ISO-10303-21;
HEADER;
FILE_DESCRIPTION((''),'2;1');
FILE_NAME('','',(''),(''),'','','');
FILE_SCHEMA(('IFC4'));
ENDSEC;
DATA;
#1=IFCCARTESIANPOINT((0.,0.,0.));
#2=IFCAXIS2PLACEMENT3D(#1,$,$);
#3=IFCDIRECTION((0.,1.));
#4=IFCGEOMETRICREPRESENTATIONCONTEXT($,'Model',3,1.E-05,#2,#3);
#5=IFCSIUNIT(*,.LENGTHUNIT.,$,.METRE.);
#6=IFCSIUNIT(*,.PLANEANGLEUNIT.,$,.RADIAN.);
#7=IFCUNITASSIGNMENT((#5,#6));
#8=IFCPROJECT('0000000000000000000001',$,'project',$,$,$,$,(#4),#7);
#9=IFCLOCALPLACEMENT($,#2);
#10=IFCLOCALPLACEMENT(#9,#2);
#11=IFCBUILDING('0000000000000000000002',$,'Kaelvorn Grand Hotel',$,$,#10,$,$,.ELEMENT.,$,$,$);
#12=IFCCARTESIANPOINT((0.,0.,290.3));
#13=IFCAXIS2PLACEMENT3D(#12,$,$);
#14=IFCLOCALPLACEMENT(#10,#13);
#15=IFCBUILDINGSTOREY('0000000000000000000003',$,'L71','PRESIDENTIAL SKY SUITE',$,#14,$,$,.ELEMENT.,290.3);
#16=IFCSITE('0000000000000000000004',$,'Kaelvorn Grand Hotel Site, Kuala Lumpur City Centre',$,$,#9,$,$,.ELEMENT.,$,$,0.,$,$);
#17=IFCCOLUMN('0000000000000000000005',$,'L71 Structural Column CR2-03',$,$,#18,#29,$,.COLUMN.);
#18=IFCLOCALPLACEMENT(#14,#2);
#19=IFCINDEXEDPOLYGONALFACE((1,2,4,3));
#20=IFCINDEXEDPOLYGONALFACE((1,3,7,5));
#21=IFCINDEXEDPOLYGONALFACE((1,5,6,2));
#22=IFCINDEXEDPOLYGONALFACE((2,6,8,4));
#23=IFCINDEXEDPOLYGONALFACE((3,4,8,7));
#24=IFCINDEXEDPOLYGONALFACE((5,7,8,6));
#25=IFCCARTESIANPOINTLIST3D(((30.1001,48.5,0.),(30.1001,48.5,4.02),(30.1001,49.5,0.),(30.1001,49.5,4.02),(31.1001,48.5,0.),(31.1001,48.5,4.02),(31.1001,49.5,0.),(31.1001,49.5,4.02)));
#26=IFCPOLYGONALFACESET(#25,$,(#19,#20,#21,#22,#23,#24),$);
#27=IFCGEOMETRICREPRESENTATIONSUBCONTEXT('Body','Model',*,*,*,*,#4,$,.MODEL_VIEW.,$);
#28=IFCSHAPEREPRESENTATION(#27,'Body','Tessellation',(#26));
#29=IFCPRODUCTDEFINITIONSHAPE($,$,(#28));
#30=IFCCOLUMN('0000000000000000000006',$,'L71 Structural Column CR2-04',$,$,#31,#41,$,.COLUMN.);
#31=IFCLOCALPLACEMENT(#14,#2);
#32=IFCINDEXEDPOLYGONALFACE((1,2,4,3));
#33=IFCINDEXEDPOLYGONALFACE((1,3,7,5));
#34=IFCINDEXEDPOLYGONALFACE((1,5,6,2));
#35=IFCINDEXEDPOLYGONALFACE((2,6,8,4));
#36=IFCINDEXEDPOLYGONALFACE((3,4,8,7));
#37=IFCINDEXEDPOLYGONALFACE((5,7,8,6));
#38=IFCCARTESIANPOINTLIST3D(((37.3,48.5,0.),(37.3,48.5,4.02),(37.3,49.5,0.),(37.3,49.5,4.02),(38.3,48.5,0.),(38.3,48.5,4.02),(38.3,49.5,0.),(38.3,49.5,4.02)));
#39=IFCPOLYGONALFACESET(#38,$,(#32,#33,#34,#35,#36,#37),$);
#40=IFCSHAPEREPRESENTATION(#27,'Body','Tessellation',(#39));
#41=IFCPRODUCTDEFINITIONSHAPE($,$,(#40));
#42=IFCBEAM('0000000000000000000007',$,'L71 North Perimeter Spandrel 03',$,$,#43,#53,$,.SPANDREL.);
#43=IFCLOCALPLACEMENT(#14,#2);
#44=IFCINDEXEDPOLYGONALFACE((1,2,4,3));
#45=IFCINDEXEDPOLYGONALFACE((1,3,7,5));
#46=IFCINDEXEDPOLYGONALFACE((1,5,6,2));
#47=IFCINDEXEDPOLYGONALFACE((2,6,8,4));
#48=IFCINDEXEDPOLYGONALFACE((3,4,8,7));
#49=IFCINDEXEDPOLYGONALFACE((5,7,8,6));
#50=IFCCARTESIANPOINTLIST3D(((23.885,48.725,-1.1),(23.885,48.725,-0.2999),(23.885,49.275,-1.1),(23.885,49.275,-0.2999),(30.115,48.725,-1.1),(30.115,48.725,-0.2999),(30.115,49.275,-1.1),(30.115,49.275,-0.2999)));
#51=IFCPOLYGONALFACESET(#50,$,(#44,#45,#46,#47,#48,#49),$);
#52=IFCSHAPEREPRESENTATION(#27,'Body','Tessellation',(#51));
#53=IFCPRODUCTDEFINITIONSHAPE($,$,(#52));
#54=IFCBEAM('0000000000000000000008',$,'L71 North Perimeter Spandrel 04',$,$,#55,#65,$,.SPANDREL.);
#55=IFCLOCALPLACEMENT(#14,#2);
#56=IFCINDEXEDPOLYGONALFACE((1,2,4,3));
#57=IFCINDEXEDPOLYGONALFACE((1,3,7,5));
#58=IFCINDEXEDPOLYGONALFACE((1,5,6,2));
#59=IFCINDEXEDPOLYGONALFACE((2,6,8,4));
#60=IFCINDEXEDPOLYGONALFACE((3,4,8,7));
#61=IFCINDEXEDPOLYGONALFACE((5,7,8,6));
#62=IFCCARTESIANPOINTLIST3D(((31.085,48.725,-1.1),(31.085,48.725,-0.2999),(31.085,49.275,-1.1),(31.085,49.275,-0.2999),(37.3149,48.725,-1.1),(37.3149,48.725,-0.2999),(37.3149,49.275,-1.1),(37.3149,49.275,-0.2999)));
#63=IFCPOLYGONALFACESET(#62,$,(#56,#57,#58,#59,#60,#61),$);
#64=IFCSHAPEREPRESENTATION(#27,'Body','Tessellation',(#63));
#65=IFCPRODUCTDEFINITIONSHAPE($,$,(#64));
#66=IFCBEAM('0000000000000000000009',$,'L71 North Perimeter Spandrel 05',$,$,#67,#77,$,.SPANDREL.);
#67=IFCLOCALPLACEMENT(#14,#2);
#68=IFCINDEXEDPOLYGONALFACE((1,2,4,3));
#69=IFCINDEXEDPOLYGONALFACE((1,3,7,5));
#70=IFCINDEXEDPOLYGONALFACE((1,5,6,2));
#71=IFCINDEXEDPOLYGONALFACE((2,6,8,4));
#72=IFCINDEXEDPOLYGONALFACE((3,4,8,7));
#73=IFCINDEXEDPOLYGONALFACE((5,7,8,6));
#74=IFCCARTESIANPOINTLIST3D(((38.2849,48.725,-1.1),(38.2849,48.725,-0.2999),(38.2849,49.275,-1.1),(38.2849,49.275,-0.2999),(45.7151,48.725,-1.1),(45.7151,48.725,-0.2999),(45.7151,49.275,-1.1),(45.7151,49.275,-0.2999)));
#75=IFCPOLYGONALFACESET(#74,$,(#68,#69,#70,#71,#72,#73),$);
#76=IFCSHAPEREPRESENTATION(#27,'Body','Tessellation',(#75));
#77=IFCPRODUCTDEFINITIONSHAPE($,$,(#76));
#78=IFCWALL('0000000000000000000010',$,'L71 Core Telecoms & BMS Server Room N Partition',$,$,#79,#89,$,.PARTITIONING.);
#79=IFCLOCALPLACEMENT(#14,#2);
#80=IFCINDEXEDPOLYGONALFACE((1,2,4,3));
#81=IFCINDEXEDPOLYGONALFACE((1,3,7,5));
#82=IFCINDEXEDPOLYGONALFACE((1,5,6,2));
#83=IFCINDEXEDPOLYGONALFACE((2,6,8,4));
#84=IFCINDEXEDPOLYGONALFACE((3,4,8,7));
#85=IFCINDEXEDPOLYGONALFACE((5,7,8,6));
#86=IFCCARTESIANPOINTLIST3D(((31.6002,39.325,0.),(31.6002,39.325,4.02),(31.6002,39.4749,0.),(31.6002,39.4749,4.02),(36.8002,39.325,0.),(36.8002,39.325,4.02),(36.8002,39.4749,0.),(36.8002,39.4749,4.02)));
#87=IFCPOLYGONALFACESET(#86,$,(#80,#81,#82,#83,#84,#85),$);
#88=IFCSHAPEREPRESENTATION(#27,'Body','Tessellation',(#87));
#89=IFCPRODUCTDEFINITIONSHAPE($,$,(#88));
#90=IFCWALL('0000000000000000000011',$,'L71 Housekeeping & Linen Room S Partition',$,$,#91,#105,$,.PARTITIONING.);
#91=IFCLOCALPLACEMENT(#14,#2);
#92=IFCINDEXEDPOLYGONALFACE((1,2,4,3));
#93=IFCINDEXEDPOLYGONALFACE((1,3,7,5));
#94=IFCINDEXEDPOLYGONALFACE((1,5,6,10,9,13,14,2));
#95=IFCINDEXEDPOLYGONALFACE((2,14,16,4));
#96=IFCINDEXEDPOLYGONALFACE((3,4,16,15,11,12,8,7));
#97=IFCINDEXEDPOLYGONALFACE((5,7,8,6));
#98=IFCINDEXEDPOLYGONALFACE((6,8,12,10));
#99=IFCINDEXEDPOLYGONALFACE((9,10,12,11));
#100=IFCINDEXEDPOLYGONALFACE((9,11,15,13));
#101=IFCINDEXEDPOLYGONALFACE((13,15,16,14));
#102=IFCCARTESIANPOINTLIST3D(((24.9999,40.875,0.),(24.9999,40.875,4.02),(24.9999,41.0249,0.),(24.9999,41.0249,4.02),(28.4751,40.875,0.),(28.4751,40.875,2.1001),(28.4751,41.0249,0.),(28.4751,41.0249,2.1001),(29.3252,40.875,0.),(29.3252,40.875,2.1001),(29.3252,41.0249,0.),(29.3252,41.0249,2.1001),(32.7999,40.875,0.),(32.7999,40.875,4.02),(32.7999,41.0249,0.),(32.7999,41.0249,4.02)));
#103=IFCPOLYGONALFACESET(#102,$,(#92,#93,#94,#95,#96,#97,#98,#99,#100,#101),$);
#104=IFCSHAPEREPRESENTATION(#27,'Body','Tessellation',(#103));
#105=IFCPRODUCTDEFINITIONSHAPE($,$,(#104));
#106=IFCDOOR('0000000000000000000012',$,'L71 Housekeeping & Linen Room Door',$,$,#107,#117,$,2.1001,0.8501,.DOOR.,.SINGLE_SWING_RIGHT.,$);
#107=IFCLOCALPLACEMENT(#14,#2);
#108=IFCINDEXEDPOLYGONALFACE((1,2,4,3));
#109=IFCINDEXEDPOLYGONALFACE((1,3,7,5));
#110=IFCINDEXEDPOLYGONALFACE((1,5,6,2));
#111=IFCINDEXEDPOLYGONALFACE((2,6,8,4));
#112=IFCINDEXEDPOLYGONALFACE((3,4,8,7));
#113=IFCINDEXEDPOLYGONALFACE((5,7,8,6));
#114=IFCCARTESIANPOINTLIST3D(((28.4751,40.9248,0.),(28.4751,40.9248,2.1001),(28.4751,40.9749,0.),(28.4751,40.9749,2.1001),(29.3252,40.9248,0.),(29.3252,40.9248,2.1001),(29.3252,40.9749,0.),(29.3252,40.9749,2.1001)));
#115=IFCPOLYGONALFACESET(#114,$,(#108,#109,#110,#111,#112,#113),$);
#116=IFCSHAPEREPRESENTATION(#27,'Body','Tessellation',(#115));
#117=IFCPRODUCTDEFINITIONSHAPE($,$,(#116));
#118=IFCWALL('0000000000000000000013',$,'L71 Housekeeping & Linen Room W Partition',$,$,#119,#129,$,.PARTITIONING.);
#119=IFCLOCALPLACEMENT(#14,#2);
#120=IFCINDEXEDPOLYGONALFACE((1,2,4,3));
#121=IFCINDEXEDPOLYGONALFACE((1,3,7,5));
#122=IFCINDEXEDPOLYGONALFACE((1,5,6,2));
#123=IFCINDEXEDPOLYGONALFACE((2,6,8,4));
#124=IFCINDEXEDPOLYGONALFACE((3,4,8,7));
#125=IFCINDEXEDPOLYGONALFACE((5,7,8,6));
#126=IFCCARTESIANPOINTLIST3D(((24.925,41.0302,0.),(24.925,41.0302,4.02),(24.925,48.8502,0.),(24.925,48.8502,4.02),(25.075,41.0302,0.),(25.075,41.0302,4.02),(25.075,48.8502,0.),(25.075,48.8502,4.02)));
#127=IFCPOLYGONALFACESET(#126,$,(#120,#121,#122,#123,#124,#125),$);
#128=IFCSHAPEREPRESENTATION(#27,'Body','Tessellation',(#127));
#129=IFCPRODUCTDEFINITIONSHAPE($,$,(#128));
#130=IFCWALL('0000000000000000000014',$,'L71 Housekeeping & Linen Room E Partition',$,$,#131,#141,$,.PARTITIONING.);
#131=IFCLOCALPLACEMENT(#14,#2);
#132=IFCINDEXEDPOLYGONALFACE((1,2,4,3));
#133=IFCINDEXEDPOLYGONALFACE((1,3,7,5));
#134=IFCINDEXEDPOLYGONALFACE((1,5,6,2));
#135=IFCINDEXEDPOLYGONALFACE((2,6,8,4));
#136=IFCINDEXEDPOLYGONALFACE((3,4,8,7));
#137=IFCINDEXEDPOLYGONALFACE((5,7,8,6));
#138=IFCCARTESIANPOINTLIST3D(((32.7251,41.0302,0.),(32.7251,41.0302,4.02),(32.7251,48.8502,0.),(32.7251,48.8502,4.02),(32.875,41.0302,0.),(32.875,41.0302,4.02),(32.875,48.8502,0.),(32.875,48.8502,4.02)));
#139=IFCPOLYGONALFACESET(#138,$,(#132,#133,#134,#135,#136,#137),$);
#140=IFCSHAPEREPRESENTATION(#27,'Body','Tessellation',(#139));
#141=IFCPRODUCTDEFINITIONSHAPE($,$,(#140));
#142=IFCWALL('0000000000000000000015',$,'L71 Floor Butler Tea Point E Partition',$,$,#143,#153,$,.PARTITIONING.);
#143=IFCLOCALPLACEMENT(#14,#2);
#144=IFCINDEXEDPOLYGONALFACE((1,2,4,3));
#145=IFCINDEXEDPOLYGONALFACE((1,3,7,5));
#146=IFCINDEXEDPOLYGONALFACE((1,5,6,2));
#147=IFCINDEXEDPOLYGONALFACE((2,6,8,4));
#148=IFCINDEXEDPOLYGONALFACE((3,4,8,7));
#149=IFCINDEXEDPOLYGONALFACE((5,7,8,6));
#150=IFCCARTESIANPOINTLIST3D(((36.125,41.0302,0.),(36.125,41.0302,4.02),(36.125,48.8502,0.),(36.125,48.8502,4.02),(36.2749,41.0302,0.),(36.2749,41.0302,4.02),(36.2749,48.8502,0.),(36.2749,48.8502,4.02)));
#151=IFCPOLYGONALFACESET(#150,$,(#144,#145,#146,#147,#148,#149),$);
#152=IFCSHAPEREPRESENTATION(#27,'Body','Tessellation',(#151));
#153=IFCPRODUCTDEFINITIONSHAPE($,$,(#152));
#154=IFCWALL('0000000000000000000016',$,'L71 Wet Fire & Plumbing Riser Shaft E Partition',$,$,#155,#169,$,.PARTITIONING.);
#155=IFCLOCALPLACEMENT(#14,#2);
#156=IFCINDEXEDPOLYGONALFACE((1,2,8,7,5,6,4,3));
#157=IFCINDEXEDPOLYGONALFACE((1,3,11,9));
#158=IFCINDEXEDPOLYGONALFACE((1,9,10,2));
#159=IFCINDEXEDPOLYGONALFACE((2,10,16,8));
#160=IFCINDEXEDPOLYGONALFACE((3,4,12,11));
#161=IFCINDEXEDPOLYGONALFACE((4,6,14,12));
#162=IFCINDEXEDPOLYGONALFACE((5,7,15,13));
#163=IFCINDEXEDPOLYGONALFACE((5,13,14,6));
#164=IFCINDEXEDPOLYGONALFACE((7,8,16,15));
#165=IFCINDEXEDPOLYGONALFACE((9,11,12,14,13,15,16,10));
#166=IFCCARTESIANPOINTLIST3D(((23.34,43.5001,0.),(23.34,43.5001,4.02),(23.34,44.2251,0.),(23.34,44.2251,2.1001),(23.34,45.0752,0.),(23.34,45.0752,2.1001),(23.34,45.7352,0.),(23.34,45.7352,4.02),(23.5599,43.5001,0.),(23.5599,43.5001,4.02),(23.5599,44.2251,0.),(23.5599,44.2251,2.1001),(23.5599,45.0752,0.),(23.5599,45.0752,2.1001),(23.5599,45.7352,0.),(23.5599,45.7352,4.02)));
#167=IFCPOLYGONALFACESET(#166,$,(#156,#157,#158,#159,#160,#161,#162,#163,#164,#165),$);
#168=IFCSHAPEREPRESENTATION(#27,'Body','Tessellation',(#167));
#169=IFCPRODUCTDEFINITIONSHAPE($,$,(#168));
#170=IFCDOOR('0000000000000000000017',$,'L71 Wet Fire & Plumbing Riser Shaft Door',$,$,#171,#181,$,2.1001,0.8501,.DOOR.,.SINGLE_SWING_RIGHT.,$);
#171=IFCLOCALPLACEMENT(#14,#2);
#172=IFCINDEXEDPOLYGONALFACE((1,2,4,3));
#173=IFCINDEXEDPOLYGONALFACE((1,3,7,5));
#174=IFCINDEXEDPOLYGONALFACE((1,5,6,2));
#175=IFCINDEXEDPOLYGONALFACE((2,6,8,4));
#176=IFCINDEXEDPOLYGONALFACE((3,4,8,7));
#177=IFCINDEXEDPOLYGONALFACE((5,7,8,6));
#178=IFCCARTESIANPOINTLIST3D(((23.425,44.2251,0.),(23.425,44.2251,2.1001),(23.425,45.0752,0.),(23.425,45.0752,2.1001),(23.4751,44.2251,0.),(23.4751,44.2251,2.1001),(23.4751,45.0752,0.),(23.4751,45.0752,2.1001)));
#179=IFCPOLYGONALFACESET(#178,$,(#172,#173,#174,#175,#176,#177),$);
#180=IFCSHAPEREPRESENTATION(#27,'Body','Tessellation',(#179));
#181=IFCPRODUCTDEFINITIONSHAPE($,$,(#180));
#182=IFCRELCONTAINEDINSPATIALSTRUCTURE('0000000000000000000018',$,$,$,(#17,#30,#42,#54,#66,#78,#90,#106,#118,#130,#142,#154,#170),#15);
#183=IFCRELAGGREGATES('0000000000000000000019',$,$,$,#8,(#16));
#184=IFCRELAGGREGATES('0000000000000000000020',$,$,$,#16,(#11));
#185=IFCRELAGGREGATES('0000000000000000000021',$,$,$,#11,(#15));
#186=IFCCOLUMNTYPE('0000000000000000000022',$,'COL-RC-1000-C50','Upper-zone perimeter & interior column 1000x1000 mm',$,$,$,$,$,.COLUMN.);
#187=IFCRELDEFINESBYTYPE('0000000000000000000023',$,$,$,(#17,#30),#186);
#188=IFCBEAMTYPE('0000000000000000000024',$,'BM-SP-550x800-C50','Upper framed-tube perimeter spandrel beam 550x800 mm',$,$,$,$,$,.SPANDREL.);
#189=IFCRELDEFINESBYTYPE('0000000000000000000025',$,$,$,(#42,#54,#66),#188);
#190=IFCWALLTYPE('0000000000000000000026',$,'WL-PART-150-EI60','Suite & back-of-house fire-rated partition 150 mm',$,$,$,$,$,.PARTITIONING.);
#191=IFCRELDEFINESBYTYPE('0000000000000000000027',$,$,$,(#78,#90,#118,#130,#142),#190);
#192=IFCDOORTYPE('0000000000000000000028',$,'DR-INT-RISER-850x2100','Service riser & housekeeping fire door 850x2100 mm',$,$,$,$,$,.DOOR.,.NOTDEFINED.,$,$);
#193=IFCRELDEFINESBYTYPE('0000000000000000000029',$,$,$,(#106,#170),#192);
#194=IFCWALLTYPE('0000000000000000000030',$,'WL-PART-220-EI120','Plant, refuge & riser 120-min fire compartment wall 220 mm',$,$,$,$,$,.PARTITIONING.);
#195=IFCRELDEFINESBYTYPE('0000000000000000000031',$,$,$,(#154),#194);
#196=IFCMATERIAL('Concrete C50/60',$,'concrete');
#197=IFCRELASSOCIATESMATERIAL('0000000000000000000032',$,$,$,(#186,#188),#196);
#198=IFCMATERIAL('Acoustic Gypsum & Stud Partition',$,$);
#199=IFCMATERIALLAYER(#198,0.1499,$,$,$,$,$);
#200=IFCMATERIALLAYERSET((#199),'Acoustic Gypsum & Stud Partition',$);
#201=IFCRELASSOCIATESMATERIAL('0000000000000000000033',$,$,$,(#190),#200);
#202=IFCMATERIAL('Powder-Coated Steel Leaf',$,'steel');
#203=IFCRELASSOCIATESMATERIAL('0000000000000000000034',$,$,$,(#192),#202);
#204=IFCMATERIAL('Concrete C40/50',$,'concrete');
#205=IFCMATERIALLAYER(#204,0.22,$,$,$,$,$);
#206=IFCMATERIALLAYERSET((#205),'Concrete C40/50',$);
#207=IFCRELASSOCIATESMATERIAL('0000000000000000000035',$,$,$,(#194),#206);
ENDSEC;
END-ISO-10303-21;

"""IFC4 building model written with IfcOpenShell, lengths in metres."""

from ifc_helpers import new_model, si_unit, direction, frame, frame_2d, origin, origin_2d, place, context, subcontext, project, spatial, rectangle, extrude, material, layer, layer_set, material_profile, profile_set, type_object, element, fill, save


model = new_model("IFC4")

# Units and contexts
model_context = context("Model", 3, precision=1e-05, world=origin(), true_north=direction((0.0, 1.0)))
body_context = subcontext(model_context, "Body", "Model", "MODEL_VIEW")
ifc_project = project(units=[si_unit("LENGTHUNIT", "METRE"), si_unit("PLANEANGLEUNIT", "RADIAN")], contexts=[model_context])

# Site, building, storey
site_placement = place(None, origin())
site = spatial("IfcSite", under=ifc_project, at=site_placement, Name="Kaelvorn Grand Hotel Site, Kuala Lumpur City Centre", CompositionType="ELEMENT", RefElevation=0.0)
building_placement = place(site_placement, origin())
building = spatial("IfcBuilding", under=site, at=building_placement, Name="Kaelvorn Grand Hotel", CompositionType="ELEMENT")
storey_placement = place(building_placement, frame((0.0, 0.0, 290.3)))
storey = spatial("IfcBuildingStorey", under=building, at=storey_placement, Name="L71", Description="PRESIDENTIAL SKY SUITE", CompositionType="ELEMENT", Elevation=290.3)

# Columns
ifc_material_1 = material(Name="Concrete C50/60", Category="concrete")
ifc_material_profile_1 = material_profile(ifc_material_1, rectangle(XDim=1.0, YDim=1.0, at=origin_2d()), Name="RC COL 1000x1000")
ifc_profile_set_1 = profile_set([ifc_material_profile_1], Name="Concrete C50/60")
column_type = type_object("IfcColumnType", Name="COL-RC-1000-C50", Description="Upper-zone perimeter & interior column 1000x1000 mm", PredefinedType="COLUMN", material=ifc_profile_set_1)
for number, where, z_axis, x_axis, name in (
    (1, (30.6001, 49.0, 0.0), (0.0, 0.0, 1.0), (1.0, 0.0, 0.0), "L71 Structural Column CR2-03"),
    (2, (37.8, 49.0, 0.0), (0.0, 0.0, 1.0), (1.0, 0.0, 0.0), "L71 Structural Column CR2-04"),
):
    element("IfcColumn", number, at=place(storey_placement, frame(where, z_axis=z_axis, x_axis=x_axis)), inside=storey, type_object=column_type, Name=name, PredefinedType="COLUMN", context=body_context, shape_type="SweptSolid", body=[
        extrude(rectangle(XDim=1.0, YDim=1.0, at=origin_2d()), origin(), (0.0, 0.0, 1.0), 4.02),
    ])

# Beams
ifc_material_profile_2 = material_profile(ifc_material_1, rectangle(XDim=0.55, YDim=0.8, at=origin_2d()), Name="RC SPANDREL 550x800")
ifc_profile_set_2 = profile_set([ifc_material_profile_2], Name="Concrete C50/60")
beam_type = type_object("IfcBeamType", Name="BM-SP-550x800-C50", Description="Upper framed-tube perimeter spandrel beam 550x800 mm", PredefinedType="SPANDREL", material=ifc_profile_set_2)
for number, where, z_axis, x_axis, name in (
    (3, (23.885, 49.0, -0.7), (1.0, 0.0, 0.0), (0.0, 1.0, 0.0), "L71 North Perimeter Spandrel 03"),
    (4, (31.085, 49.0, -0.7), (1.0, 0.0, 0.0), (0.0, 1.0, 0.0), "L71 North Perimeter Spandrel 04"),
):
    element("IfcBeam", number, at=place(storey_placement, frame(where, z_axis=z_axis, x_axis=x_axis)), inside=storey, type_object=beam_type, Name=name, PredefinedType="SPANDREL", context=body_context, shape_type="SweptSolid", body=[
        extrude(rectangle(XDim=0.55, YDim=0.8, at=origin_2d()), origin(), (0.0, 0.0, 1.0), 6.23),
    ])
beam_placement = place(storey_placement, frame((38.2849, 49.0, -0.7), z_axis=(1.0, 0.0, 0.0), x_axis=(0.0, 1.0, 0.0)))
element("IfcBeam", 5, at=beam_placement, inside=storey, type_object=beam_type, Name="L71 North Perimeter Spandrel 05", PredefinedType="SPANDREL", context=body_context, shape_type="SweptSolid", body=[
    extrude(rectangle(XDim=0.55, YDim=0.8, at=origin_2d()), origin(), (0.0, 0.0, 1.0), 7.4302),
])

# Wall
ifc_material_2 = material(Name="Acoustic Gypsum & Stud Partition")
ifc_layer_1 = layer(ifc_material_2, 0.1499)
ifc_layer_set_1 = layer_set([ifc_layer_1], Name="Acoustic Gypsum & Stud Partition")
wall_type_1 = type_object("IfcWallType", Name="WL-PART-150-EI60", Description="Suite & back-of-house fire-rated partition 150 mm", PredefinedType="PARTITIONING", material=ifc_layer_set_1)
wall_1_placement = place(storey_placement, frame((31.6001, 39.3999, 0.0), z_axis=(0.0, 0.0, 1.0), x_axis=(1.0, 0.0, 0.0)))
element("IfcWall", 6, at=wall_1_placement, inside=storey, type_object=wall_type_1, Name="L71 Core Telecoms & BMS Server Room N Partition", PredefinedType="PARTITIONING", context=body_context, shape_type="SweptSolid", body=[
    extrude(rectangle(XDim=5.2, YDim=0.1499, at=frame_2d((2.6001, 0.0))), origin(), (0.0, 0.0, 1.0), 4.02),
])

# Wall, opening, door
wall_2_placement = place(storey_placement, frame((25.0, 40.95, 0.0), z_axis=(0.0, 0.0, 1.0), x_axis=(1.0, 0.0, 0.0)))
wall_2 = element("IfcWall", 7, at=wall_2_placement, inside=storey, type_object=wall_type_1, Name="L71 Housekeeping & Linen Room S Partition", PredefinedType="PARTITIONING", context=body_context, shape_type="SweptSolid", body=[
    extrude(rectangle(XDim=7.8, YDim=0.1499, at=frame_2d((3.8999, 0.0))), origin(), (0.0, 0.0, 1.0), 4.02),
])
opening_1_placement = place(wall_2_placement, frame((3.4751, 0.0, 0.0)))
opening_1 = element("IfcOpeningElement", 8, at=opening_1_placement, cuts=wall_2, PredefinedType="OPENING", context=body_context, shape_type="SweptSolid", body=[
    extrude(rectangle(XDim=0.8501, YDim=2.1001, at=frame_2d((0.425, 1.05))), frame((0.0, 0.085, 0.0), z_axis=(0.0, -1.0, 0.0), x_axis=(1.0, 0.0, 0.0)), (0.0, 0.0, 1.0), 0.1699),
])
ifc_material_3 = material(Name="Powder-Coated Steel Leaf", Category="steel")
door_type_1 = type_object("IfcDoorType", Name="DR-INT-RISER-850x2100", Description="Service riser & housekeeping fire door 850x2100 mm", OperationType="NOTDEFINED", PredefinedType="DOOR", material=ifc_material_3)
door_1_placement = place(opening_1_placement, origin())
door_1 = element("IfcDoor", 9, at=door_1_placement, inside=storey, type_object=door_type_1, Name="L71 Housekeeping & Linen Room Door", OperationType="SINGLE_SWING_RIGHT", OverallHeight=2.1001, OverallWidth=0.8501, PredefinedType="DOOR", context=body_context, shape_type="SweptSolid", body=[
    extrude(rectangle(XDim=0.8501, YDim=2.1001, at=frame_2d((0.425, 1.05))), frame((0.0, 0.0249, 0.0), z_axis=(0.0, -1.0, 0.0), x_axis=(1.0, 0.0, 0.0)), (0.0, 0.0, 1.0), 0.05),
])
fill(opening_1, door_1)

# Walls
for number, where, z_axis, x_axis, name in (
    (10, (25.0, 41.03, 0.0), (0.0, 0.0, 1.0), (0.0, 1.0, 0.0), "L71 Housekeeping & Linen Room W Partition"),
    (11, (32.8, 41.03, 0.0), (0.0, 0.0, 1.0), (0.0, 1.0, 0.0), "L71 Housekeeping & Linen Room E Partition"),
):
    element("IfcWall", number, at=place(storey_placement, frame(where, z_axis=z_axis, x_axis=x_axis)), inside=storey, type_object=wall_type_1, Name=name, PredefinedType="PARTITIONING", context=body_context, shape_type="SweptSolid", body=[
        extrude(rectangle(XDim=7.8201, YDim=0.1499, at=frame_2d((3.9102, 0.0))), origin(), (0.0, 0.0, 1.0), 4.02),
    ])

# Wall
wall_3_placement = place(storey_placement, frame((36.2, 41.03, 0.0), z_axis=(0.0, 0.0, 1.0), x_axis=(0.0, 1.0, 0.0)))
element("IfcWall", 12, at=wall_3_placement, inside=storey, type_object=wall_type_1, Name="L71 Floor Butler Tea Point E Partition", PredefinedType="PARTITIONING", context=body_context, shape_type="SweptSolid", body=[
    extrude(rectangle(XDim=7.8201, YDim=0.1499, at=frame_2d((3.9102, 0.0))), origin(), (0.0, 0.0, 1.0), 4.02),
])

# Wall, opening, door
ifc_material_4 = material(Name="Concrete C40/50", Category="concrete")
ifc_layer_2 = layer(ifc_material_4, 0.22)
ifc_layer_set_2 = layer_set([ifc_layer_2], Name="Concrete C40/50")
wall_type_2 = type_object("IfcWallType", Name="WL-PART-220-EI120", Description="Plant, refuge & riser 120-min fire compartment wall 220 mm", PredefinedType="PARTITIONING", material=ifc_layer_set_2)
wall_4_placement = place(storey_placement, frame((23.45, 43.5, 0.0), z_axis=(0.0, 0.0, 1.0), x_axis=(0.0, 1.0, 0.0)))
wall_4 = element("IfcWall", 13, at=wall_4_placement, inside=storey, type_object=wall_type_2, Name="L71 Wet Fire & Plumbing Riser Shaft E Partition", PredefinedType="PARTITIONING", context=body_context, shape_type="SweptSolid", body=[
    extrude(rectangle(XDim=2.2351, YDim=0.22, at=frame_2d((1.1177, 0.0))), origin(), (0.0, 0.0, 1.0), 4.02),
])
opening_2_placement = place(wall_4_placement, frame((0.7251, 0.0, 0.0)))
opening_2 = element("IfcOpeningElement", 14, at=opening_2_placement, cuts=wall_4, PredefinedType="OPENING", context=body_context, shape_type="SweptSolid", body=[
    extrude(rectangle(XDim=0.8501, YDim=2.1001, at=frame_2d((0.425, 1.05))), frame((0.0, 0.1201, 0.0), z_axis=(0.0, -1.0, 0.0), x_axis=(1.0, 0.0, 0.0)), (0.0, 0.0, 1.0), 0.24),
])
door_2_placement = place(opening_2_placement, origin())
door_2 = element("IfcDoor", 15, at=door_2_placement, inside=storey, type_object=door_type_1, Name="L71 Wet Fire & Plumbing Riser Shaft Door", OperationType="SINGLE_SWING_RIGHT", OverallHeight=2.1001, OverallWidth=0.8501, PredefinedType="DOOR", context=body_context, shape_type="SweptSolid", body=[
    extrude(rectangle(XDim=0.8501, YDim=2.1001, at=frame_2d((0.425, 1.05))), frame((0.0, 0.0249, 0.0), z_axis=(0.0, -1.0, 0.0), x_axis=(1.0, 0.0, 0.0)), (0.0, 0.0, 1.0), 0.05),
])
fill(opening_2, door_2)

save(model, "model.ifc")
